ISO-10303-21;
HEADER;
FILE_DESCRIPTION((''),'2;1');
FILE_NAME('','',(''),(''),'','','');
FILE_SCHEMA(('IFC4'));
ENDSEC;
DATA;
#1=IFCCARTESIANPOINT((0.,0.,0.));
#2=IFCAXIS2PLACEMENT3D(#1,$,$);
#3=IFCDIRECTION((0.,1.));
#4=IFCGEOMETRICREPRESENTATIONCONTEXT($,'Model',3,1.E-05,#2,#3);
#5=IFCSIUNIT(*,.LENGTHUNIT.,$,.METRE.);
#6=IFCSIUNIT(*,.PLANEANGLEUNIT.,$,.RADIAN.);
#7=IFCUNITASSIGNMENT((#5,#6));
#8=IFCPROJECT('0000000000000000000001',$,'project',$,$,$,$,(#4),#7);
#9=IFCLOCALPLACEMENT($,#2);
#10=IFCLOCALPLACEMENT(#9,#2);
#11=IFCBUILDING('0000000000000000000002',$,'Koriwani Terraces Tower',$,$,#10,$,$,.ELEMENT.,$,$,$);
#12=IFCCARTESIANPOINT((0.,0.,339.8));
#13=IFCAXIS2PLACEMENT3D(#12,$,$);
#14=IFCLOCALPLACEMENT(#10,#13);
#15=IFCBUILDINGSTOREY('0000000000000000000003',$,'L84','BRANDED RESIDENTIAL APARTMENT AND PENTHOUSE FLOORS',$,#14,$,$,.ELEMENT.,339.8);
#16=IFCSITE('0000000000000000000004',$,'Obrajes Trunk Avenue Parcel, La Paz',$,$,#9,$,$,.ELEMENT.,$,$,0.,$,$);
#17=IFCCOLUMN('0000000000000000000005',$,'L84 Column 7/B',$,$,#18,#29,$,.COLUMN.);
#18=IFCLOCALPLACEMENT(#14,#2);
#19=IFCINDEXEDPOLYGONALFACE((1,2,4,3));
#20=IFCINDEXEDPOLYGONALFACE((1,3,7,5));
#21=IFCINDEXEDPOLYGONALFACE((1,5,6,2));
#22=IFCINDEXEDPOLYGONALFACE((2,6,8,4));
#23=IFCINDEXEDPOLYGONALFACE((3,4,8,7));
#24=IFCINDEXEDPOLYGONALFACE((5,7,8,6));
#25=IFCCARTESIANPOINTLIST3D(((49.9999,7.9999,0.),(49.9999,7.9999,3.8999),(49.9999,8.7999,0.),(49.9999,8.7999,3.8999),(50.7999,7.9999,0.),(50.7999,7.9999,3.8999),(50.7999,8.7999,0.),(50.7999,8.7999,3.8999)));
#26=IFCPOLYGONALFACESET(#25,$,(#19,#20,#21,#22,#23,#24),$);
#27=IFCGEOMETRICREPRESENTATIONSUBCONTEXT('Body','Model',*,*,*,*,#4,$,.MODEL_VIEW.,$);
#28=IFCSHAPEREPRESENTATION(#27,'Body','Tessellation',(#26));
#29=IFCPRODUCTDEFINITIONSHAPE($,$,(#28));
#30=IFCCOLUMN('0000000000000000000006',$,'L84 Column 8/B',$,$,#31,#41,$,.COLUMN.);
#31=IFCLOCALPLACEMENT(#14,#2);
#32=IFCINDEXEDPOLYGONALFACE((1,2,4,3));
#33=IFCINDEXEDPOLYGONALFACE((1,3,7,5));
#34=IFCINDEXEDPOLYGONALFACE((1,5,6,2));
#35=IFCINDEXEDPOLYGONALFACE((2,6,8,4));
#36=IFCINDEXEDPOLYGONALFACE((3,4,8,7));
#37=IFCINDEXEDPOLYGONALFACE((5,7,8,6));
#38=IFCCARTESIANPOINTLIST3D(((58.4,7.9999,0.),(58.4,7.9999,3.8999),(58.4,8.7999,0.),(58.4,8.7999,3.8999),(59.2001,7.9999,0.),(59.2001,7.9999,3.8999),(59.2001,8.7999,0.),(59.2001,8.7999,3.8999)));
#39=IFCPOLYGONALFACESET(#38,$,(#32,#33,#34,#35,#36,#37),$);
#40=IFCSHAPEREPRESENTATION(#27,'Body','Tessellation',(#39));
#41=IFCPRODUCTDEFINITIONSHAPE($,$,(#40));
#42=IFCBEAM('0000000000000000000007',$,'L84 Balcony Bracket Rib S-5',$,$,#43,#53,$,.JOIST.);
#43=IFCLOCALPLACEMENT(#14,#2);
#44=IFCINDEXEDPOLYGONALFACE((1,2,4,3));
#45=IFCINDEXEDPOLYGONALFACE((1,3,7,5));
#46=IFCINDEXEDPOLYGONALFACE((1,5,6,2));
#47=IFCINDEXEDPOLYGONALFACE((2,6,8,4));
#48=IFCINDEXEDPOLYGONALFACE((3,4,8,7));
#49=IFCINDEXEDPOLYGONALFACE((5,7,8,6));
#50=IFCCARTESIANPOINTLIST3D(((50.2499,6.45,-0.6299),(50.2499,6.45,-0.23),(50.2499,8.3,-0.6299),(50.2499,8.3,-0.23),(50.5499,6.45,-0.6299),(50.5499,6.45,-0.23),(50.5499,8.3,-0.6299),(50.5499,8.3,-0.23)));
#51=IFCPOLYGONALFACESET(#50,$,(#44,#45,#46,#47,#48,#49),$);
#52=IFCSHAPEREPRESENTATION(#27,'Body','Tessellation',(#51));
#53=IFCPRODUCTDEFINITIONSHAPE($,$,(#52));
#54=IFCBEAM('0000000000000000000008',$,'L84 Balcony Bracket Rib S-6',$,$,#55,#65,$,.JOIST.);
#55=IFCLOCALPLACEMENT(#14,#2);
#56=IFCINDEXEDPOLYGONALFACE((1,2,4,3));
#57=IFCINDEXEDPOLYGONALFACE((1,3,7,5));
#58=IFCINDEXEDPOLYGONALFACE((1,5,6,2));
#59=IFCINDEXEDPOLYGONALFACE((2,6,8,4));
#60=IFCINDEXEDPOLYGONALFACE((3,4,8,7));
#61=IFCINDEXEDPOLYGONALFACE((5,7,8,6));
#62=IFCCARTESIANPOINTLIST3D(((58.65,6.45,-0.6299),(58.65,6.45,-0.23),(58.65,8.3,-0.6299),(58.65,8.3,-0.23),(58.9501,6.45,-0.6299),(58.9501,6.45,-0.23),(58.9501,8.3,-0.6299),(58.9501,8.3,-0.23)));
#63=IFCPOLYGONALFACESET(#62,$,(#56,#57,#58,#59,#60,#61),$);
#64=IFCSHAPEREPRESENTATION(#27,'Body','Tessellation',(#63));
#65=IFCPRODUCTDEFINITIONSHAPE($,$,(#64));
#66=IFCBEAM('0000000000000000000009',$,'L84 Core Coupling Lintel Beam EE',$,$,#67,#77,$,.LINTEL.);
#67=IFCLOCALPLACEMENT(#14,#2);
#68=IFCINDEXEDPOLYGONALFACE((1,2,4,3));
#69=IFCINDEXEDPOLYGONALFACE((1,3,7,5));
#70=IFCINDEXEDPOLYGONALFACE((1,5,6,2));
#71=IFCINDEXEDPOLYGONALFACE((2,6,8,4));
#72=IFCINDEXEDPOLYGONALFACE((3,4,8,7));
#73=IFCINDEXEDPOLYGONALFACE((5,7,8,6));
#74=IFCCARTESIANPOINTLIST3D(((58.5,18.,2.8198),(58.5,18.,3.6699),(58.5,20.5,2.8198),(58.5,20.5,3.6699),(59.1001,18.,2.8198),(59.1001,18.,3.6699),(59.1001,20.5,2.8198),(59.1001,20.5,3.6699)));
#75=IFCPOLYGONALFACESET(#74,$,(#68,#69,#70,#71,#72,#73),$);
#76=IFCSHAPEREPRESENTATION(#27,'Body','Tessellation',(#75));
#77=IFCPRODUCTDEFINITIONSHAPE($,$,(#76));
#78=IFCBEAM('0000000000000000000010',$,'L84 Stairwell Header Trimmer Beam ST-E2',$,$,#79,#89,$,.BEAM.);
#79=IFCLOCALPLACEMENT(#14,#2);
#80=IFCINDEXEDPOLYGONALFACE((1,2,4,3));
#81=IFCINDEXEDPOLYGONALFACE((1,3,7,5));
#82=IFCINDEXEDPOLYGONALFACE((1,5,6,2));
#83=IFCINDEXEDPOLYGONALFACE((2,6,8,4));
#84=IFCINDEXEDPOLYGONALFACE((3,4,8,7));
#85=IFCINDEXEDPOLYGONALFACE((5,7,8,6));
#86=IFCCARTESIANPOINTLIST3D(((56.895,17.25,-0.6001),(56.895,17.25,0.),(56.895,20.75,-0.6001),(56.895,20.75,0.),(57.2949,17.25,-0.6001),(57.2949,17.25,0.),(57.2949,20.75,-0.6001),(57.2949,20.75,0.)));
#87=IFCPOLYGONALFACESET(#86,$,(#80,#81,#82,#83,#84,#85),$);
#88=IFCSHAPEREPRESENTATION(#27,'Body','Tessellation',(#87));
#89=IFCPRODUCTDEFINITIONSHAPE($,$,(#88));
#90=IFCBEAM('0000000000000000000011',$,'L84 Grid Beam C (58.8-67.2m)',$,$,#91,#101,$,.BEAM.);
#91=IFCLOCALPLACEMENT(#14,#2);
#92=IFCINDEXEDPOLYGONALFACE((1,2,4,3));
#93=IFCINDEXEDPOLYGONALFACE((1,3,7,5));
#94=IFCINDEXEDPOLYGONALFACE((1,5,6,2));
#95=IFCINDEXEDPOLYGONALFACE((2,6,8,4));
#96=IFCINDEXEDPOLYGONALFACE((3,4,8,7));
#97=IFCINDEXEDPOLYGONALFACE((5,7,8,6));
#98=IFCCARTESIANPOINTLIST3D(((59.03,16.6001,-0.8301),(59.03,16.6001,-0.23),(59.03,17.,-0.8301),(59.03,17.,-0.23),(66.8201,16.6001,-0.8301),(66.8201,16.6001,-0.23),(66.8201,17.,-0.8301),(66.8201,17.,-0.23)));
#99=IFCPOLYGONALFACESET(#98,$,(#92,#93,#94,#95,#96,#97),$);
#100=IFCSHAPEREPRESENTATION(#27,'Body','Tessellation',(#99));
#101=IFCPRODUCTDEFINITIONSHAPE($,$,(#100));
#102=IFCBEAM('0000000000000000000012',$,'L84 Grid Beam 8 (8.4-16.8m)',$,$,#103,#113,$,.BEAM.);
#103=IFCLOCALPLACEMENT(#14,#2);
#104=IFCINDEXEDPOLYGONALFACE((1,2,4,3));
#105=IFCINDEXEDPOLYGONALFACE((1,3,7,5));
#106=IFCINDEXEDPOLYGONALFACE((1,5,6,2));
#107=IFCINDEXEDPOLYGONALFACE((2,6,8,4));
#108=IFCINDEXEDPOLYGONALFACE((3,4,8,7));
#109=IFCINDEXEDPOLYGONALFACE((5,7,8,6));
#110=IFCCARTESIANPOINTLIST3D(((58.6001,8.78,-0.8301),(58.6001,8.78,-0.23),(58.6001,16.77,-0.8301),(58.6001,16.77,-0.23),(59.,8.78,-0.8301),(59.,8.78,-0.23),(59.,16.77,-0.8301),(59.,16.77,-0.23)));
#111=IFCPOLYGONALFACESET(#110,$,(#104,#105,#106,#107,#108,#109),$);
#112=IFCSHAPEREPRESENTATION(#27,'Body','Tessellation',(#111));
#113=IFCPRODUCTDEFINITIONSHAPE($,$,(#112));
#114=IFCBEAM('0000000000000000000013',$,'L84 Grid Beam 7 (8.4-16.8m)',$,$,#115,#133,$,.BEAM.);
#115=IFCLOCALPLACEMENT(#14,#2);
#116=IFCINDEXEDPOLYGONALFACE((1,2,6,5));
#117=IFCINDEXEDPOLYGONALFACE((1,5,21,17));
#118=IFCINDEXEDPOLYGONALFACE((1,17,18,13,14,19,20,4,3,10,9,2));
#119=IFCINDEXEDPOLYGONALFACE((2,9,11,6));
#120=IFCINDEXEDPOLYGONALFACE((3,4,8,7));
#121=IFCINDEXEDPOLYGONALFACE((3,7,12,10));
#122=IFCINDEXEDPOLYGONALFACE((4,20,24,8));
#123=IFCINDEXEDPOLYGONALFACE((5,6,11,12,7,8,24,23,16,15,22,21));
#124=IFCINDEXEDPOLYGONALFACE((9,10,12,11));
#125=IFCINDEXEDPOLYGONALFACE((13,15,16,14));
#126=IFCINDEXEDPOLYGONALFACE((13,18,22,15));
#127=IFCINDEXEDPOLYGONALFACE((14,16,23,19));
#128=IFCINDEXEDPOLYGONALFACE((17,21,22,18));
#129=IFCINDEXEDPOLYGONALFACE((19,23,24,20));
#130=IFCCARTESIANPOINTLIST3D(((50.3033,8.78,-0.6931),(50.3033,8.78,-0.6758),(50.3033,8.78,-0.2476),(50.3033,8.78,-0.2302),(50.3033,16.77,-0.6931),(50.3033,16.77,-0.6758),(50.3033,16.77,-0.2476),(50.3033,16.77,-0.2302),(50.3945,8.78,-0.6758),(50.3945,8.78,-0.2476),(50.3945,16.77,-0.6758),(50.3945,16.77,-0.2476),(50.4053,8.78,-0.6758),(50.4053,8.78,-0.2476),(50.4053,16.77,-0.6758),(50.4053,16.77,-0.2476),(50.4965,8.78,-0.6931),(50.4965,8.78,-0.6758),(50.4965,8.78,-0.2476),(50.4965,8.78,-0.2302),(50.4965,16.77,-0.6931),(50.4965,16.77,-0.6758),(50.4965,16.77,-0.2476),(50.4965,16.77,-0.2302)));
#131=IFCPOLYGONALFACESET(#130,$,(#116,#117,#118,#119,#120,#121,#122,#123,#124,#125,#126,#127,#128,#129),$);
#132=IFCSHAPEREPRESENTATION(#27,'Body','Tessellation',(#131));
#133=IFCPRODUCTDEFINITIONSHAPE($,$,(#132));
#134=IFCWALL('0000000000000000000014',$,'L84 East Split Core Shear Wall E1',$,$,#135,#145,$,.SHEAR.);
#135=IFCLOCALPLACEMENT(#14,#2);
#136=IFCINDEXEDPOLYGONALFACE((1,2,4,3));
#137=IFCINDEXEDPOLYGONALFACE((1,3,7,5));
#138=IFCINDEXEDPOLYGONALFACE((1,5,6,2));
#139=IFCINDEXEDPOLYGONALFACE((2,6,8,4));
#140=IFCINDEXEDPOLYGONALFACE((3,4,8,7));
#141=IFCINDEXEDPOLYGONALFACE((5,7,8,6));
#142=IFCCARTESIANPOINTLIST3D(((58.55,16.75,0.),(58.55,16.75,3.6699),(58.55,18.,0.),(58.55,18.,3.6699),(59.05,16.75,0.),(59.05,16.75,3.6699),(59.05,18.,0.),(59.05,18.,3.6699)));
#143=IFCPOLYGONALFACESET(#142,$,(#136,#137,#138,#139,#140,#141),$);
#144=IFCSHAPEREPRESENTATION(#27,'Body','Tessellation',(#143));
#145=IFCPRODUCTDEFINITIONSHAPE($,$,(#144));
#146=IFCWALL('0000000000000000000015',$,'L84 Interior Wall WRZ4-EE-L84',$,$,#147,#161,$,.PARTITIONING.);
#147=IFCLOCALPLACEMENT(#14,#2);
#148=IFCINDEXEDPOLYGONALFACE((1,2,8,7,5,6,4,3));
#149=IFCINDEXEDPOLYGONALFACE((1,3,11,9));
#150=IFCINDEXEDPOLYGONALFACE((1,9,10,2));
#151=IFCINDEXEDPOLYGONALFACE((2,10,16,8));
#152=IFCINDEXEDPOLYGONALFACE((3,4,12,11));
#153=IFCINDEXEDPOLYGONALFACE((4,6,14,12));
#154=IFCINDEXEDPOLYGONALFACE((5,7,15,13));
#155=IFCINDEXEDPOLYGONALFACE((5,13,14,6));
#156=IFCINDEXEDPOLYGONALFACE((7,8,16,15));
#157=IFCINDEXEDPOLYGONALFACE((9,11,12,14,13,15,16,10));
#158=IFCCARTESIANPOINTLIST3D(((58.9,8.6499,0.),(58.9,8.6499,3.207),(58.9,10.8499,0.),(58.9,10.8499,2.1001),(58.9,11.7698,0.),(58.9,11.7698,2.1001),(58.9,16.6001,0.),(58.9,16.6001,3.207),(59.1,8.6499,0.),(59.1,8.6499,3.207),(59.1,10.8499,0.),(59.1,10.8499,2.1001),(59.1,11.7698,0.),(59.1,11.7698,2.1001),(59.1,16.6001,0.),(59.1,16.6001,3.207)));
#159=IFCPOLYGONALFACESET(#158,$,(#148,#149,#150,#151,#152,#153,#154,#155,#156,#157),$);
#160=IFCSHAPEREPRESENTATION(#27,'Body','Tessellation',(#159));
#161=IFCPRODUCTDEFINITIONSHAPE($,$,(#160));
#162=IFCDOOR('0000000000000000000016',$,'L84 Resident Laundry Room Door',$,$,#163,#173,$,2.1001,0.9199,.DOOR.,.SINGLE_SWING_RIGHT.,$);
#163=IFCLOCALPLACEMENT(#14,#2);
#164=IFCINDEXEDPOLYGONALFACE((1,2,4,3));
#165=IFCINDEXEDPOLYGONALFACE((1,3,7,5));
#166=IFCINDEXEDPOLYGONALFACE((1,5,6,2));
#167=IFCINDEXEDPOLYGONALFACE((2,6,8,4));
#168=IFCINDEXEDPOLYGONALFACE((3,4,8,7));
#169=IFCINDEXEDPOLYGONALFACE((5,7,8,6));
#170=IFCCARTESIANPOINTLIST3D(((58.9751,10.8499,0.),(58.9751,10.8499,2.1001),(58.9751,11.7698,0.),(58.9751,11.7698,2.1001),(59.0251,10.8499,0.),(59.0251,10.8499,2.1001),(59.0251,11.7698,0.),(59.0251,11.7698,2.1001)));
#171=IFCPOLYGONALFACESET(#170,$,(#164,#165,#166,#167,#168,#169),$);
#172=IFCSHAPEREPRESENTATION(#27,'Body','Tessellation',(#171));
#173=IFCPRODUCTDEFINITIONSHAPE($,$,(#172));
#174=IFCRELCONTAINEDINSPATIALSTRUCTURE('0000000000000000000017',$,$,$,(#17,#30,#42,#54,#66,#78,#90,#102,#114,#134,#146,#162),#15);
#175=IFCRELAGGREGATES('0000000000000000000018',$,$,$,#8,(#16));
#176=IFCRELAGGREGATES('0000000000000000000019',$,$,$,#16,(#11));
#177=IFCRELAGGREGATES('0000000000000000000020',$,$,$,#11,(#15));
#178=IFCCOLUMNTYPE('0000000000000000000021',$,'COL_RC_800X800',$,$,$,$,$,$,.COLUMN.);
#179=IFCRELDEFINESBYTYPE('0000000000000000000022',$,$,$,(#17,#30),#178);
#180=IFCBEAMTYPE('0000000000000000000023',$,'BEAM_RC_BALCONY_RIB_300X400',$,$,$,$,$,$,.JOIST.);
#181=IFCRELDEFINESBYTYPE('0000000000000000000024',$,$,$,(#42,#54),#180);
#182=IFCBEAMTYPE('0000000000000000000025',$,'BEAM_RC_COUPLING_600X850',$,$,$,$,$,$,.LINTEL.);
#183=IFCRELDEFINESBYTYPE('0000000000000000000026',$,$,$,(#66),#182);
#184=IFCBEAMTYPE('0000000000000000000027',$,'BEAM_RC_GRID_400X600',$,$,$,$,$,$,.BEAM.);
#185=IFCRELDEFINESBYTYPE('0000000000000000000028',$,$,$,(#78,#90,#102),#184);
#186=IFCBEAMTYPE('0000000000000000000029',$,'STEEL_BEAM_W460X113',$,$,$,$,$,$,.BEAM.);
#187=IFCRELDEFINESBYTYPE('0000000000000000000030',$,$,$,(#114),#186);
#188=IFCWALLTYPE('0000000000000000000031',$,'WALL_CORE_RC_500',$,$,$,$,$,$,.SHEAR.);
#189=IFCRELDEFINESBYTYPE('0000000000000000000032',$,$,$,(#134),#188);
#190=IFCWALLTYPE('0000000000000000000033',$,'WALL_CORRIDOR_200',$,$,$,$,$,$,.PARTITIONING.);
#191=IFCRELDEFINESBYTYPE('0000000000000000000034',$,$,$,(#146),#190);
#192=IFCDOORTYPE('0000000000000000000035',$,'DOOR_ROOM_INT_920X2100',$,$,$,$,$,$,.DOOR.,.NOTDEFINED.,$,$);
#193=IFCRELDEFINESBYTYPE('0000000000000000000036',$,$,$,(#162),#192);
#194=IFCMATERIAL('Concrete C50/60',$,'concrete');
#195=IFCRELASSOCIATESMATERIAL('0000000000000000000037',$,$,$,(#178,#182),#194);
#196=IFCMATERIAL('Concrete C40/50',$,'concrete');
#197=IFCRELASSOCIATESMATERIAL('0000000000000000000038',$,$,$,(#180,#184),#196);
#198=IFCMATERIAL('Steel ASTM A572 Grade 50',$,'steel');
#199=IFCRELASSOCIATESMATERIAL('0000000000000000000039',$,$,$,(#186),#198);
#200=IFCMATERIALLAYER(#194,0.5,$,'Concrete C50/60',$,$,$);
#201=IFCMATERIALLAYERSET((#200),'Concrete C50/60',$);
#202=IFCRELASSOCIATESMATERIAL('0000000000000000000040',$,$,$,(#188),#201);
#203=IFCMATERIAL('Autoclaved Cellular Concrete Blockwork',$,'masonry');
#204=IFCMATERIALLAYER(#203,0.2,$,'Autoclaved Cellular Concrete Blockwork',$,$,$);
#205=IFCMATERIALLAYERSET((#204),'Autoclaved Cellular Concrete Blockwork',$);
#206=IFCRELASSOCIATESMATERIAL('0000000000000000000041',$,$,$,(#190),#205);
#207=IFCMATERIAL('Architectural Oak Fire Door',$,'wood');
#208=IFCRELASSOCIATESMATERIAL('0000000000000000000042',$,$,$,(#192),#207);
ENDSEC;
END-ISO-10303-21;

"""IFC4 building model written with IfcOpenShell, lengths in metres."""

from ifc_helpers import new_model, si_unit, direction, frame, frame_2d, origin, origin_2d, place, context, subcontext, project, spatial, rectangle, i_section, extrude, material, layer, layer_set, material_profile, profile_set, type_object, element, fill, save


model = new_model("IFC4")

# Units and contexts
model_context = context("Model", 3, precision=1e-05, world=origin(), true_north=direction((0.0, 1.0)))
body_context = subcontext(model_context, "Body", "Model", "MODEL_VIEW")
ifc_project = project(units=[si_unit("LENGTHUNIT", "METRE"), si_unit("PLANEANGLEUNIT", "RADIAN")], contexts=[model_context])

# Site, building, storey
site_placement = place(None, origin())
site = spatial("IfcSite", under=ifc_project, at=site_placement, Name="Obrajes Trunk Avenue Parcel, La Paz", CompositionType="ELEMENT", RefElevation=0.0)
building_placement = place(site_placement, origin())
building = spatial("IfcBuilding", under=site, at=building_placement, Name="Koriwani Terraces Tower", CompositionType="ELEMENT")
storey_placement = place(building_placement, frame((0.0, 0.0, 339.8)))
storey = spatial("IfcBuildingStorey", under=building, at=storey_placement, Name="L84", Description="BRANDED RESIDENTIAL APARTMENT AND PENTHOUSE FLOORS", CompositionType="ELEMENT", Elevation=339.8)

# Columns
ifc_material_1 = material(Name="Concrete C50/60", Category="concrete")
ifc_material_profile_1 = material_profile(ifc_material_1, rectangle(XDim=0.8, YDim=0.8, at=origin_2d()), Name="Concrete C50/60", Category="LoadBearing")
ifc_profile_set_1 = profile_set([ifc_material_profile_1], Name="Concrete C50/60")
column_type = type_object("IfcColumnType", Name="COL_RC_800X800", PredefinedType="COLUMN", material=ifc_profile_set_1)
for number, where, z_axis, x_axis, name in (
    (1, (50.3999, 8.3999, 0.0), (0.0, 0.0, 1.0), (1.0, 0.0, 0.0), "L84 Column 7/B"),
    (2, (58.8, 8.3999, 0.0), (0.0, 0.0, 1.0), (1.0, 0.0, 0.0), "L84 Column 8/B"),
):
    element("IfcColumn", number, at=place(storey_placement, frame(where, z_axis=z_axis, x_axis=x_axis)), inside=storey, type_object=column_type, Name=name, PredefinedType="COLUMN", context=body_context, shape_type="SweptSolid", body=[
        extrude(rectangle(XDim=0.8, YDim=0.8, at=origin_2d()), origin(), (0.0, 0.0, 1.0), 3.8999),
    ])

# Beams
ifc_material_2 = material(Name="Concrete C40/50", Category="concrete")
ifc_material_profile_2 = material_profile(ifc_material_2, rectangle(XDim=0.3, YDim=0.3999, at=origin_2d()), Name="Concrete C40/50", Category="LoadBearing")
ifc_profile_set_2 = profile_set([ifc_material_profile_2], Name="Concrete C40/50")
beam_type_1 = type_object("IfcBeamType", Name="BEAM_RC_BALCONY_RIB_300X400", PredefinedType="JOIST", material=ifc_profile_set_2)
for number, where, z_axis, x_axis, name in (
    (3, (50.3999, 6.45, -0.4299), (0.0, 1.0, 0.0), (-1.0, 0.0, 0.0), "L84 Balcony Bracket Rib S-5"),
    (4, (58.8, 6.45, -0.4299), (0.0, 1.0, 0.0), (-1.0, 0.0, 0.0), "L84 Balcony Bracket Rib S-6"),
):
    element("IfcBeam", number, at=place(storey_placement, frame(where, z_axis=z_axis, x_axis=x_axis)), inside=storey, type_object=beam_type_1, Name=name, PredefinedType="JOIST", context=body_context, shape_type="SweptSolid", body=[
        extrude(rectangle(XDim=0.3, YDim=0.3999, at=origin_2d()), origin(), (0.0, 0.0, 1.0), 1.8501),
    ])
ifc_material_profile_3 = material_profile(ifc_material_1, rectangle(XDim=0.6001, YDim=0.8501, at=origin_2d()), Name="Concrete C50/60", Category="LoadBearing")
ifc_profile_set_3 = profile_set([ifc_material_profile_3], Name="Concrete C50/60")
beam_type_2 = type_object("IfcBeamType", Name="BEAM_RC_COUPLING_600X850", PredefinedType="LINTEL", material=ifc_profile_set_3)
beam_1_placement = place(storey_placement, frame((58.8, 18.0, 3.2449), z_axis=(0.0, 1.0, 0.0), x_axis=(-1.0, 0.0, 0.0)))
element("IfcBeam", 5, at=beam_1_placement, inside=storey, type_object=beam_type_2, Name="L84 Core Coupling Lintel Beam EE", PredefinedType="LINTEL", context=body_context, shape_type="SweptSolid", body=[
    extrude(rectangle(XDim=0.6001, YDim=0.8501, at=origin_2d()), origin(), (0.0, 0.0, 1.0), 2.5),
])
ifc_material_profile_4 = material_profile(ifc_material_2, rectangle(XDim=0.3999, YDim=0.6001, at=origin_2d()), Name="Concrete C40/50", Category="LoadBearing")
ifc_profile_set_4 = profile_set([ifc_material_profile_4], Name="Concrete C40/50")
beam_type_3 = type_object("IfcBeamType", Name="BEAM_RC_GRID_400X600", PredefinedType="BEAM", material=ifc_profile_set_4)
beam_2_placement = place(storey_placement, frame((57.095, 17.25, -0.3), z_axis=(0.0, 1.0, 0.0), x_axis=(-1.0, 0.0, 0.0)))
element("IfcBeam", 6, at=beam_2_placement, inside=storey, type_object=beam_type_3, Name="L84 Stairwell Header Trimmer Beam ST-E2", PredefinedType="BEAM", context=body_context, shape_type="SweptSolid", body=[
    extrude(rectangle(XDim=0.3999, YDim=0.6001, at=origin_2d()), origin(), (0.0, 0.0, 1.0), 3.5),
])
beam_3_placement = place(storey_placement, frame((59.03, 16.8, -0.53), z_axis=(1.0, 0.0, 0.0), x_axis=(0.0, 1.0, 0.0)))
element("IfcBeam", 7, at=beam_3_placement, inside=storey, type_object=beam_type_3, Name="L84 Grid Beam C (58.8-67.2m)", PredefinedType="BEAM", context=body_context, shape_type="SweptSolid", body=[
    extrude(rectangle(XDim=0.3999, YDim=0.6001, at=origin_2d()), origin(), (0.0, 0.0, 1.0), 7.79),
])
beam_4_placement = place(storey_placement, frame((58.8, 8.78, -0.53), z_axis=(0.0, 1.0, 0.0), x_axis=(-1.0, 0.0, 0.0)))
element("IfcBeam", 8, at=beam_4_placement, inside=storey, type_object=beam_type_3, Name="L84 Grid Beam 8 (8.4-16.8m)", PredefinedType="BEAM", context=body_context, shape_type="SweptSolid", body=[
    extrude(rectangle(XDim=0.3999, YDim=0.6001, at=origin_2d()), origin(), (0.0, 0.0, 1.0), 7.99),
])
ifc_material_3 = material(Name="Steel ASTM A572 Grade 50", Category="steel")
ifc_material_profile_5 = material_profile(ifc_material_3, i_section(OverallWidth=0.1931, OverallDepth=0.4629, WebThickness=0.0107, FlangeThickness=0.0173, at=origin_2d()), Name="Steel ASTM A572 Grade 50", Category="LoadBearing")
ifc_profile_set_5 = profile_set([ifc_material_profile_5], Name="Steel ASTM A572 Grade 50")
beam_type_4 = type_object("IfcBeamType", Name="STEEL_BEAM_W460X113", PredefinedType="BEAM", material=ifc_profile_set_5)
beam_5_placement = place(storey_placement, frame((50.3999, 8.78, -0.4617), z_axis=(0.0, 1.0, 0.0), x_axis=(-1.0, 0.0, 0.0)))
element("IfcBeam", 9, at=beam_5_placement, inside=storey, type_object=beam_type_4, Name="L84 Grid Beam 7 (8.4-16.8m)", PredefinedType="BEAM", context=body_context, shape_type="SweptSolid", body=[
    extrude(i_section(OverallWidth=0.1931, OverallDepth=0.4629, WebThickness=0.0107, FlangeThickness=0.0173, at=origin_2d()), origin(), (0.0, 0.0, 1.0), 7.99),
])

# Wall
ifc_layer_1 = layer(ifc_material_1, 0.5, Name="Concrete C50/60")
ifc_layer_set_1 = layer_set([ifc_layer_1], Name="Concrete C50/60")
wall_type_1 = type_object("IfcWallType", Name="WALL_CORE_RC_500", PredefinedType="SHEAR", material=ifc_layer_set_1)
wall_1_placement = place(storey_placement, frame((58.8, 16.75, 0.0), z_axis=(0.0, 0.0, 1.0), x_axis=(0.0, 1.0, 0.0)))
element("IfcWall", 10, at=wall_1_placement, inside=storey, type_object=wall_type_1, Name="L84 East Split Core Shear Wall E1", PredefinedType="SHEAR", context=body_context, shape_type="SweptSolid", body=[
    extrude(rectangle(XDim=1.25, YDim=0.5, at=frame_2d((0.625, 0.0))), origin(), (0.0, 0.0, 1.0), 3.6699),
])

# Wall, opening, door
ifc_material_4 = material(Name="Autoclaved Cellular Concrete Blockwork", Category="masonry")
ifc_layer_2 = layer(ifc_material_4, 0.2, Name="Autoclaved Cellular Concrete Blockwork")
ifc_layer_set_2 = layer_set([ifc_layer_2], Name="Autoclaved Cellular Concrete Blockwork")
wall_type_2 = type_object("IfcWallType", Name="WALL_CORRIDOR_200", PredefinedType="PARTITIONING", material=ifc_layer_set_2)
wall_2_placement = place(storey_placement, frame((59.0, 8.6499, 0.0), z_axis=(0.0, 0.0, 1.0), x_axis=(0.0, 1.0, 0.0)))
wall_2 = element("IfcWall", 11, at=wall_2_placement, inside=storey, type_object=wall_type_2, Name="L84 Interior Wall WRZ4-EE-L84", PredefinedType="PARTITIONING", context=body_context, shape_type="SweptSolid", body=[
    extrude(rectangle(XDim=7.9502, YDim=0.2, at=frame_2d((3.9751, 0.0))), origin(), (0.0, 0.0, 1.0), 3.207),
])
opening_1_placement = place(wall_2_placement, frame((2.2, 0.0, 0.0)))
opening_1 = element("IfcOpeningElement", 12, at=opening_1_placement, cuts=wall_2, PredefinedType="OPENING", context=body_context, shape_type="SweptSolid", body=[
    extrude(rectangle(XDim=0.9199, YDim=2.1001, at=frame_2d((0.46, 1.05))), frame((0.0, 0.1099, 0.0), z_axis=(0.0, -1.0, 0.0), x_axis=(1.0, 0.0, 0.0)), (0.0, 0.0, 1.0), 0.22),
])
ifc_material_5 = material(Name="Architectural Oak Fire Door", Category="wood")
door_type_1 = type_object("IfcDoorType", Name="DOOR_ROOM_INT_920X2100", OperationType="NOTDEFINED", PredefinedType="DOOR", material=ifc_material_5)
door_1_placement = place(opening_1_placement, origin())
door_1 = element("IfcDoor", 13, at=door_1_placement, inside=storey, type_object=door_type_1, Name="L84 Resident Laundry Room Door", OperationType="SINGLE_SWING_RIGHT", OverallHeight=2.1001, OverallWidth=0.9199, PredefinedType="DOOR", context=body_context, shape_type="SweptSolid", body=[
    extrude(rectangle(XDim=0.9199, YDim=2.1001, at=frame_2d((0.46, 1.05))), frame((0.0, 0.0249, 0.0), z_axis=(0.0, -1.0, 0.0), x_axis=(1.0, 0.0, 0.0)), (0.0, 0.0, 1.0), 0.05),
])
fill(opening_1, door_1)

save(model, "model.ifc")
